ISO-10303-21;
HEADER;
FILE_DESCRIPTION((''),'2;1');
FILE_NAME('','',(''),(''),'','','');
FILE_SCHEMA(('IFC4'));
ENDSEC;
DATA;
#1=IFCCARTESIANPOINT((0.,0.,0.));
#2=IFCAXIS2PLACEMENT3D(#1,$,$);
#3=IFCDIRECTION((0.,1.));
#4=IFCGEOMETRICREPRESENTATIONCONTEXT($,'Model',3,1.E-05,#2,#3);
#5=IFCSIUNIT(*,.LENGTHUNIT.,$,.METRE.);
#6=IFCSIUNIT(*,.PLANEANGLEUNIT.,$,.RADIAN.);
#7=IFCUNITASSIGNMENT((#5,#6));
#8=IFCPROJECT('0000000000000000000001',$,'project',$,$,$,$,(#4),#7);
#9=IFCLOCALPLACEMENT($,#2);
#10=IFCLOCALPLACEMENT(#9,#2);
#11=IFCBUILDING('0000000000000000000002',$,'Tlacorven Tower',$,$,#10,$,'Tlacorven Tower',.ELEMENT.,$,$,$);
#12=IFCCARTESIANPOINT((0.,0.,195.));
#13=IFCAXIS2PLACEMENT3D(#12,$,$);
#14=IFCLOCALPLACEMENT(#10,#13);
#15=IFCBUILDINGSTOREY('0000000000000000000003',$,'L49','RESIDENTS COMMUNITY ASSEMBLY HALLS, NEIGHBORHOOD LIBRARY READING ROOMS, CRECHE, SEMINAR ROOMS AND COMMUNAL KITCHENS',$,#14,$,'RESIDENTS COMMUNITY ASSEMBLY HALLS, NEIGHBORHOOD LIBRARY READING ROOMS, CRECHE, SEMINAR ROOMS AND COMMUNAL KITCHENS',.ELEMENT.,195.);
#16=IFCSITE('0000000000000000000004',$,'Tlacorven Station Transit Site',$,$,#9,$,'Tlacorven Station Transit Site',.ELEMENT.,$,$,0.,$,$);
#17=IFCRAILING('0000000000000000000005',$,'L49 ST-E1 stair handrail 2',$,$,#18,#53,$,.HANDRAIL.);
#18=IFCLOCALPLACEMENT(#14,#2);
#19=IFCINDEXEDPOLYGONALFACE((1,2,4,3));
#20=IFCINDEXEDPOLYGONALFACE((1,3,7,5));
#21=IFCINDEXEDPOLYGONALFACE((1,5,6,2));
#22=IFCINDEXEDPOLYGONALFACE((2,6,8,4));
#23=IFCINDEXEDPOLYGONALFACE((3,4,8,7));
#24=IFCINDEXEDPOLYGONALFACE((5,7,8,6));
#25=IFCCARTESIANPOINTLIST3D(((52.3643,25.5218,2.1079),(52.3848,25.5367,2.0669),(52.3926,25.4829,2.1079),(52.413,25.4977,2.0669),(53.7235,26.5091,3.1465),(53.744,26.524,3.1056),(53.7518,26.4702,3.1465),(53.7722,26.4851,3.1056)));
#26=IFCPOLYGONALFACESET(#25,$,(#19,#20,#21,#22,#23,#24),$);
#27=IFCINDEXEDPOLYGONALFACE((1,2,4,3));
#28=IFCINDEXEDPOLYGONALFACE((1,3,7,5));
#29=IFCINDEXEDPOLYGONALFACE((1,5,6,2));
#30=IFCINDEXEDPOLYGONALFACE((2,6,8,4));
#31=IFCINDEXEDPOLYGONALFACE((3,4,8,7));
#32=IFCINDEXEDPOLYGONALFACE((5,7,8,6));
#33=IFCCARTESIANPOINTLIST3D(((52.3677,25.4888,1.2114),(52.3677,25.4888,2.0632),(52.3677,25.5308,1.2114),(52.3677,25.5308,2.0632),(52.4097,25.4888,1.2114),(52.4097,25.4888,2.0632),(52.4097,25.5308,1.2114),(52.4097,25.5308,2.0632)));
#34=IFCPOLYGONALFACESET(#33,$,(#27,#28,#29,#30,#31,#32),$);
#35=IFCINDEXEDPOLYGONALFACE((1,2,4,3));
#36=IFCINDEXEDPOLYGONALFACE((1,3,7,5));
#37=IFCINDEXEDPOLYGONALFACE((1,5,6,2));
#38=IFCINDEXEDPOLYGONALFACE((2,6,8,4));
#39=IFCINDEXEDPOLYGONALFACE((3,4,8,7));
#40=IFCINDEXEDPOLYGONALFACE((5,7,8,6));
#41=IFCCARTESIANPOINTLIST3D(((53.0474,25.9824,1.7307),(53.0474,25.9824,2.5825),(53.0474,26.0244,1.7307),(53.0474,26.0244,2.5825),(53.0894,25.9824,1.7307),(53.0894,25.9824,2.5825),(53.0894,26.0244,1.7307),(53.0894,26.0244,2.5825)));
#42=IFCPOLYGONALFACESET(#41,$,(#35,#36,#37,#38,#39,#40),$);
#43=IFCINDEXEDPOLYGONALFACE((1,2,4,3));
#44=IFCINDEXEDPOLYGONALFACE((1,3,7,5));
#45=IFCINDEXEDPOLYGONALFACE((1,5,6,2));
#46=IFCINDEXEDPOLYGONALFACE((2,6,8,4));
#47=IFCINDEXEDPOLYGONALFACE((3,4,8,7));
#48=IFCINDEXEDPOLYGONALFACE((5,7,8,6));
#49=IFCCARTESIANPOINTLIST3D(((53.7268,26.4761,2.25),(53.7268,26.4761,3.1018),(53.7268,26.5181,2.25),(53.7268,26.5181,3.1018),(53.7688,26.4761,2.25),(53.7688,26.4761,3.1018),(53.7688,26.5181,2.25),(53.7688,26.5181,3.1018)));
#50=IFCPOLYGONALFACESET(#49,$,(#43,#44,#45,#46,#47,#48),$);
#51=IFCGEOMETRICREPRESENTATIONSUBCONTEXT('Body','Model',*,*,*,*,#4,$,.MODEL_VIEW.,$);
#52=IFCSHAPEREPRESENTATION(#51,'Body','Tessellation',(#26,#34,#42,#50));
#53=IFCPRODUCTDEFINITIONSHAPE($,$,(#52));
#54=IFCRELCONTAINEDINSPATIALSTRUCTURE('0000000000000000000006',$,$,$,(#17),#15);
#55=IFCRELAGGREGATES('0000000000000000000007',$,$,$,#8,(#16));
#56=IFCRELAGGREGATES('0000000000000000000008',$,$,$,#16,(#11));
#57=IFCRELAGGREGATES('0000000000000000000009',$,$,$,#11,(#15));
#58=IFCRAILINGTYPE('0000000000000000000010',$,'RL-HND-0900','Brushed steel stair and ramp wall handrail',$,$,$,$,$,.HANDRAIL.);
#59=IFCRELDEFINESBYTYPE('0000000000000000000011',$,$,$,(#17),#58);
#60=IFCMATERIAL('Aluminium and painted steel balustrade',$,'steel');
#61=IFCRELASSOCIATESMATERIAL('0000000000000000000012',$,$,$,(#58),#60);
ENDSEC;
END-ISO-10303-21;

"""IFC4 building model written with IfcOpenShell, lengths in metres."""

from ifc_helpers import new_model, si_unit, direction, frame, origin, origin_2d, place, context, subcontext, project, spatial, rectangle, extrude, source, transform, mapped, material, type_object, element, save


model = new_model("IFC4")

# Units and contexts
model_context = context("Model", 3, precision=1e-05, world=origin(), true_north=direction((0.0, 1.0)))
body_context = subcontext(model_context, "Body", "Model", "MODEL_VIEW")
ifc_project = project(units=[si_unit("LENGTHUNIT", "METRE"), si_unit("PLANEANGLEUNIT", "RADIAN")], contexts=[model_context])

# Site, building, storey
site_placement = place(None, origin())
site = spatial("IfcSite", under=ifc_project, at=site_placement, Name="Tlacorven Station Transit Site", LongName="Tlacorven Station Transit Site", CompositionType="ELEMENT", RefElevation=0.0)
building_placement = place(site_placement, origin())
building = spatial("IfcBuilding", under=site, at=building_placement, Name="Tlacorven Tower", LongName="Tlacorven Tower", CompositionType="ELEMENT")
storey_placement = place(building_placement, frame((0.0, 0.0, 195.0)))
storey = spatial("IfcBuildingStorey", under=building, at=storey_placement, Name="L49", Description="RESIDENTS COMMUNITY ASSEMBLY HALLS, NEIGHBORHOOD LIBRARY READING ROOMS, CRECHE, SEMINAR ROOMS AND COMMUNAL KITCHENS", LongName="RESIDENTS COMMUNITY ASSEMBLY HALLS, NEIGHBORHOOD LIBRARY READING ROOMS, CRECHE, SEMINAR ROOMS AND COMMUNAL KITCHENS", CompositionType="ELEMENT", Elevation=195.0)

# Railing
ifc_material_1 = material(Name="Aluminium and painted steel balustrade", Category="steel")
railing_type_1 = type_object("IfcRailingType", Name="RL-HND-0900", Description="Brushed steel stair and ramp wall handrail", PredefinedType="HANDRAIL", material=ifc_material_1)
shared_shape_1 = source(origin(), body_context, "Body", "SweptSolid", [
    extrude(rectangle(XDim=0.0481, YDim=0.0481, at=origin_2d()), frame((0.0, 0.0, 0.876), z_axis=(0.688166, 0.4999, 0.525859), x_axis=(-0.587722, 0.809063, 0.0)), (0.0, 0.0, 1.0), 1.9751),
    extrude(rectangle(XDim=0.042, YDim=0.042, at=origin_2d()), origin(), (0.0, 0.0, 1.0), 0.8518),
    extrude(rectangle(XDim=0.042, YDim=0.042, at=origin_2d()), frame((0.6797, 0.4937, 0.5193)), (0.0, 0.0, 1.0), 0.8518),
    extrude(rectangle(XDim=0.042, YDim=0.042, at=origin_2d()), frame((1.3591, 0.9873, 1.0386)), (0.0, 0.0, 1.0), 0.8518),
])
railing_1_placement = place(storey_placement, frame((52.3887, 25.5098, 1.2114)))
element("IfcRailing", 1, at=railing_1_placement, inside=storey, type_object=railing_type_1, Name="L49 ST-E1 stair handrail 2", PredefinedType="HANDRAIL", context=body_context, shape_type="MappedRepresentation", body=[
    mapped(shared_shape_1, transform((0.0, 0.0, 0.0), scale=1.0)),
])

save(model, "model.ifc")
